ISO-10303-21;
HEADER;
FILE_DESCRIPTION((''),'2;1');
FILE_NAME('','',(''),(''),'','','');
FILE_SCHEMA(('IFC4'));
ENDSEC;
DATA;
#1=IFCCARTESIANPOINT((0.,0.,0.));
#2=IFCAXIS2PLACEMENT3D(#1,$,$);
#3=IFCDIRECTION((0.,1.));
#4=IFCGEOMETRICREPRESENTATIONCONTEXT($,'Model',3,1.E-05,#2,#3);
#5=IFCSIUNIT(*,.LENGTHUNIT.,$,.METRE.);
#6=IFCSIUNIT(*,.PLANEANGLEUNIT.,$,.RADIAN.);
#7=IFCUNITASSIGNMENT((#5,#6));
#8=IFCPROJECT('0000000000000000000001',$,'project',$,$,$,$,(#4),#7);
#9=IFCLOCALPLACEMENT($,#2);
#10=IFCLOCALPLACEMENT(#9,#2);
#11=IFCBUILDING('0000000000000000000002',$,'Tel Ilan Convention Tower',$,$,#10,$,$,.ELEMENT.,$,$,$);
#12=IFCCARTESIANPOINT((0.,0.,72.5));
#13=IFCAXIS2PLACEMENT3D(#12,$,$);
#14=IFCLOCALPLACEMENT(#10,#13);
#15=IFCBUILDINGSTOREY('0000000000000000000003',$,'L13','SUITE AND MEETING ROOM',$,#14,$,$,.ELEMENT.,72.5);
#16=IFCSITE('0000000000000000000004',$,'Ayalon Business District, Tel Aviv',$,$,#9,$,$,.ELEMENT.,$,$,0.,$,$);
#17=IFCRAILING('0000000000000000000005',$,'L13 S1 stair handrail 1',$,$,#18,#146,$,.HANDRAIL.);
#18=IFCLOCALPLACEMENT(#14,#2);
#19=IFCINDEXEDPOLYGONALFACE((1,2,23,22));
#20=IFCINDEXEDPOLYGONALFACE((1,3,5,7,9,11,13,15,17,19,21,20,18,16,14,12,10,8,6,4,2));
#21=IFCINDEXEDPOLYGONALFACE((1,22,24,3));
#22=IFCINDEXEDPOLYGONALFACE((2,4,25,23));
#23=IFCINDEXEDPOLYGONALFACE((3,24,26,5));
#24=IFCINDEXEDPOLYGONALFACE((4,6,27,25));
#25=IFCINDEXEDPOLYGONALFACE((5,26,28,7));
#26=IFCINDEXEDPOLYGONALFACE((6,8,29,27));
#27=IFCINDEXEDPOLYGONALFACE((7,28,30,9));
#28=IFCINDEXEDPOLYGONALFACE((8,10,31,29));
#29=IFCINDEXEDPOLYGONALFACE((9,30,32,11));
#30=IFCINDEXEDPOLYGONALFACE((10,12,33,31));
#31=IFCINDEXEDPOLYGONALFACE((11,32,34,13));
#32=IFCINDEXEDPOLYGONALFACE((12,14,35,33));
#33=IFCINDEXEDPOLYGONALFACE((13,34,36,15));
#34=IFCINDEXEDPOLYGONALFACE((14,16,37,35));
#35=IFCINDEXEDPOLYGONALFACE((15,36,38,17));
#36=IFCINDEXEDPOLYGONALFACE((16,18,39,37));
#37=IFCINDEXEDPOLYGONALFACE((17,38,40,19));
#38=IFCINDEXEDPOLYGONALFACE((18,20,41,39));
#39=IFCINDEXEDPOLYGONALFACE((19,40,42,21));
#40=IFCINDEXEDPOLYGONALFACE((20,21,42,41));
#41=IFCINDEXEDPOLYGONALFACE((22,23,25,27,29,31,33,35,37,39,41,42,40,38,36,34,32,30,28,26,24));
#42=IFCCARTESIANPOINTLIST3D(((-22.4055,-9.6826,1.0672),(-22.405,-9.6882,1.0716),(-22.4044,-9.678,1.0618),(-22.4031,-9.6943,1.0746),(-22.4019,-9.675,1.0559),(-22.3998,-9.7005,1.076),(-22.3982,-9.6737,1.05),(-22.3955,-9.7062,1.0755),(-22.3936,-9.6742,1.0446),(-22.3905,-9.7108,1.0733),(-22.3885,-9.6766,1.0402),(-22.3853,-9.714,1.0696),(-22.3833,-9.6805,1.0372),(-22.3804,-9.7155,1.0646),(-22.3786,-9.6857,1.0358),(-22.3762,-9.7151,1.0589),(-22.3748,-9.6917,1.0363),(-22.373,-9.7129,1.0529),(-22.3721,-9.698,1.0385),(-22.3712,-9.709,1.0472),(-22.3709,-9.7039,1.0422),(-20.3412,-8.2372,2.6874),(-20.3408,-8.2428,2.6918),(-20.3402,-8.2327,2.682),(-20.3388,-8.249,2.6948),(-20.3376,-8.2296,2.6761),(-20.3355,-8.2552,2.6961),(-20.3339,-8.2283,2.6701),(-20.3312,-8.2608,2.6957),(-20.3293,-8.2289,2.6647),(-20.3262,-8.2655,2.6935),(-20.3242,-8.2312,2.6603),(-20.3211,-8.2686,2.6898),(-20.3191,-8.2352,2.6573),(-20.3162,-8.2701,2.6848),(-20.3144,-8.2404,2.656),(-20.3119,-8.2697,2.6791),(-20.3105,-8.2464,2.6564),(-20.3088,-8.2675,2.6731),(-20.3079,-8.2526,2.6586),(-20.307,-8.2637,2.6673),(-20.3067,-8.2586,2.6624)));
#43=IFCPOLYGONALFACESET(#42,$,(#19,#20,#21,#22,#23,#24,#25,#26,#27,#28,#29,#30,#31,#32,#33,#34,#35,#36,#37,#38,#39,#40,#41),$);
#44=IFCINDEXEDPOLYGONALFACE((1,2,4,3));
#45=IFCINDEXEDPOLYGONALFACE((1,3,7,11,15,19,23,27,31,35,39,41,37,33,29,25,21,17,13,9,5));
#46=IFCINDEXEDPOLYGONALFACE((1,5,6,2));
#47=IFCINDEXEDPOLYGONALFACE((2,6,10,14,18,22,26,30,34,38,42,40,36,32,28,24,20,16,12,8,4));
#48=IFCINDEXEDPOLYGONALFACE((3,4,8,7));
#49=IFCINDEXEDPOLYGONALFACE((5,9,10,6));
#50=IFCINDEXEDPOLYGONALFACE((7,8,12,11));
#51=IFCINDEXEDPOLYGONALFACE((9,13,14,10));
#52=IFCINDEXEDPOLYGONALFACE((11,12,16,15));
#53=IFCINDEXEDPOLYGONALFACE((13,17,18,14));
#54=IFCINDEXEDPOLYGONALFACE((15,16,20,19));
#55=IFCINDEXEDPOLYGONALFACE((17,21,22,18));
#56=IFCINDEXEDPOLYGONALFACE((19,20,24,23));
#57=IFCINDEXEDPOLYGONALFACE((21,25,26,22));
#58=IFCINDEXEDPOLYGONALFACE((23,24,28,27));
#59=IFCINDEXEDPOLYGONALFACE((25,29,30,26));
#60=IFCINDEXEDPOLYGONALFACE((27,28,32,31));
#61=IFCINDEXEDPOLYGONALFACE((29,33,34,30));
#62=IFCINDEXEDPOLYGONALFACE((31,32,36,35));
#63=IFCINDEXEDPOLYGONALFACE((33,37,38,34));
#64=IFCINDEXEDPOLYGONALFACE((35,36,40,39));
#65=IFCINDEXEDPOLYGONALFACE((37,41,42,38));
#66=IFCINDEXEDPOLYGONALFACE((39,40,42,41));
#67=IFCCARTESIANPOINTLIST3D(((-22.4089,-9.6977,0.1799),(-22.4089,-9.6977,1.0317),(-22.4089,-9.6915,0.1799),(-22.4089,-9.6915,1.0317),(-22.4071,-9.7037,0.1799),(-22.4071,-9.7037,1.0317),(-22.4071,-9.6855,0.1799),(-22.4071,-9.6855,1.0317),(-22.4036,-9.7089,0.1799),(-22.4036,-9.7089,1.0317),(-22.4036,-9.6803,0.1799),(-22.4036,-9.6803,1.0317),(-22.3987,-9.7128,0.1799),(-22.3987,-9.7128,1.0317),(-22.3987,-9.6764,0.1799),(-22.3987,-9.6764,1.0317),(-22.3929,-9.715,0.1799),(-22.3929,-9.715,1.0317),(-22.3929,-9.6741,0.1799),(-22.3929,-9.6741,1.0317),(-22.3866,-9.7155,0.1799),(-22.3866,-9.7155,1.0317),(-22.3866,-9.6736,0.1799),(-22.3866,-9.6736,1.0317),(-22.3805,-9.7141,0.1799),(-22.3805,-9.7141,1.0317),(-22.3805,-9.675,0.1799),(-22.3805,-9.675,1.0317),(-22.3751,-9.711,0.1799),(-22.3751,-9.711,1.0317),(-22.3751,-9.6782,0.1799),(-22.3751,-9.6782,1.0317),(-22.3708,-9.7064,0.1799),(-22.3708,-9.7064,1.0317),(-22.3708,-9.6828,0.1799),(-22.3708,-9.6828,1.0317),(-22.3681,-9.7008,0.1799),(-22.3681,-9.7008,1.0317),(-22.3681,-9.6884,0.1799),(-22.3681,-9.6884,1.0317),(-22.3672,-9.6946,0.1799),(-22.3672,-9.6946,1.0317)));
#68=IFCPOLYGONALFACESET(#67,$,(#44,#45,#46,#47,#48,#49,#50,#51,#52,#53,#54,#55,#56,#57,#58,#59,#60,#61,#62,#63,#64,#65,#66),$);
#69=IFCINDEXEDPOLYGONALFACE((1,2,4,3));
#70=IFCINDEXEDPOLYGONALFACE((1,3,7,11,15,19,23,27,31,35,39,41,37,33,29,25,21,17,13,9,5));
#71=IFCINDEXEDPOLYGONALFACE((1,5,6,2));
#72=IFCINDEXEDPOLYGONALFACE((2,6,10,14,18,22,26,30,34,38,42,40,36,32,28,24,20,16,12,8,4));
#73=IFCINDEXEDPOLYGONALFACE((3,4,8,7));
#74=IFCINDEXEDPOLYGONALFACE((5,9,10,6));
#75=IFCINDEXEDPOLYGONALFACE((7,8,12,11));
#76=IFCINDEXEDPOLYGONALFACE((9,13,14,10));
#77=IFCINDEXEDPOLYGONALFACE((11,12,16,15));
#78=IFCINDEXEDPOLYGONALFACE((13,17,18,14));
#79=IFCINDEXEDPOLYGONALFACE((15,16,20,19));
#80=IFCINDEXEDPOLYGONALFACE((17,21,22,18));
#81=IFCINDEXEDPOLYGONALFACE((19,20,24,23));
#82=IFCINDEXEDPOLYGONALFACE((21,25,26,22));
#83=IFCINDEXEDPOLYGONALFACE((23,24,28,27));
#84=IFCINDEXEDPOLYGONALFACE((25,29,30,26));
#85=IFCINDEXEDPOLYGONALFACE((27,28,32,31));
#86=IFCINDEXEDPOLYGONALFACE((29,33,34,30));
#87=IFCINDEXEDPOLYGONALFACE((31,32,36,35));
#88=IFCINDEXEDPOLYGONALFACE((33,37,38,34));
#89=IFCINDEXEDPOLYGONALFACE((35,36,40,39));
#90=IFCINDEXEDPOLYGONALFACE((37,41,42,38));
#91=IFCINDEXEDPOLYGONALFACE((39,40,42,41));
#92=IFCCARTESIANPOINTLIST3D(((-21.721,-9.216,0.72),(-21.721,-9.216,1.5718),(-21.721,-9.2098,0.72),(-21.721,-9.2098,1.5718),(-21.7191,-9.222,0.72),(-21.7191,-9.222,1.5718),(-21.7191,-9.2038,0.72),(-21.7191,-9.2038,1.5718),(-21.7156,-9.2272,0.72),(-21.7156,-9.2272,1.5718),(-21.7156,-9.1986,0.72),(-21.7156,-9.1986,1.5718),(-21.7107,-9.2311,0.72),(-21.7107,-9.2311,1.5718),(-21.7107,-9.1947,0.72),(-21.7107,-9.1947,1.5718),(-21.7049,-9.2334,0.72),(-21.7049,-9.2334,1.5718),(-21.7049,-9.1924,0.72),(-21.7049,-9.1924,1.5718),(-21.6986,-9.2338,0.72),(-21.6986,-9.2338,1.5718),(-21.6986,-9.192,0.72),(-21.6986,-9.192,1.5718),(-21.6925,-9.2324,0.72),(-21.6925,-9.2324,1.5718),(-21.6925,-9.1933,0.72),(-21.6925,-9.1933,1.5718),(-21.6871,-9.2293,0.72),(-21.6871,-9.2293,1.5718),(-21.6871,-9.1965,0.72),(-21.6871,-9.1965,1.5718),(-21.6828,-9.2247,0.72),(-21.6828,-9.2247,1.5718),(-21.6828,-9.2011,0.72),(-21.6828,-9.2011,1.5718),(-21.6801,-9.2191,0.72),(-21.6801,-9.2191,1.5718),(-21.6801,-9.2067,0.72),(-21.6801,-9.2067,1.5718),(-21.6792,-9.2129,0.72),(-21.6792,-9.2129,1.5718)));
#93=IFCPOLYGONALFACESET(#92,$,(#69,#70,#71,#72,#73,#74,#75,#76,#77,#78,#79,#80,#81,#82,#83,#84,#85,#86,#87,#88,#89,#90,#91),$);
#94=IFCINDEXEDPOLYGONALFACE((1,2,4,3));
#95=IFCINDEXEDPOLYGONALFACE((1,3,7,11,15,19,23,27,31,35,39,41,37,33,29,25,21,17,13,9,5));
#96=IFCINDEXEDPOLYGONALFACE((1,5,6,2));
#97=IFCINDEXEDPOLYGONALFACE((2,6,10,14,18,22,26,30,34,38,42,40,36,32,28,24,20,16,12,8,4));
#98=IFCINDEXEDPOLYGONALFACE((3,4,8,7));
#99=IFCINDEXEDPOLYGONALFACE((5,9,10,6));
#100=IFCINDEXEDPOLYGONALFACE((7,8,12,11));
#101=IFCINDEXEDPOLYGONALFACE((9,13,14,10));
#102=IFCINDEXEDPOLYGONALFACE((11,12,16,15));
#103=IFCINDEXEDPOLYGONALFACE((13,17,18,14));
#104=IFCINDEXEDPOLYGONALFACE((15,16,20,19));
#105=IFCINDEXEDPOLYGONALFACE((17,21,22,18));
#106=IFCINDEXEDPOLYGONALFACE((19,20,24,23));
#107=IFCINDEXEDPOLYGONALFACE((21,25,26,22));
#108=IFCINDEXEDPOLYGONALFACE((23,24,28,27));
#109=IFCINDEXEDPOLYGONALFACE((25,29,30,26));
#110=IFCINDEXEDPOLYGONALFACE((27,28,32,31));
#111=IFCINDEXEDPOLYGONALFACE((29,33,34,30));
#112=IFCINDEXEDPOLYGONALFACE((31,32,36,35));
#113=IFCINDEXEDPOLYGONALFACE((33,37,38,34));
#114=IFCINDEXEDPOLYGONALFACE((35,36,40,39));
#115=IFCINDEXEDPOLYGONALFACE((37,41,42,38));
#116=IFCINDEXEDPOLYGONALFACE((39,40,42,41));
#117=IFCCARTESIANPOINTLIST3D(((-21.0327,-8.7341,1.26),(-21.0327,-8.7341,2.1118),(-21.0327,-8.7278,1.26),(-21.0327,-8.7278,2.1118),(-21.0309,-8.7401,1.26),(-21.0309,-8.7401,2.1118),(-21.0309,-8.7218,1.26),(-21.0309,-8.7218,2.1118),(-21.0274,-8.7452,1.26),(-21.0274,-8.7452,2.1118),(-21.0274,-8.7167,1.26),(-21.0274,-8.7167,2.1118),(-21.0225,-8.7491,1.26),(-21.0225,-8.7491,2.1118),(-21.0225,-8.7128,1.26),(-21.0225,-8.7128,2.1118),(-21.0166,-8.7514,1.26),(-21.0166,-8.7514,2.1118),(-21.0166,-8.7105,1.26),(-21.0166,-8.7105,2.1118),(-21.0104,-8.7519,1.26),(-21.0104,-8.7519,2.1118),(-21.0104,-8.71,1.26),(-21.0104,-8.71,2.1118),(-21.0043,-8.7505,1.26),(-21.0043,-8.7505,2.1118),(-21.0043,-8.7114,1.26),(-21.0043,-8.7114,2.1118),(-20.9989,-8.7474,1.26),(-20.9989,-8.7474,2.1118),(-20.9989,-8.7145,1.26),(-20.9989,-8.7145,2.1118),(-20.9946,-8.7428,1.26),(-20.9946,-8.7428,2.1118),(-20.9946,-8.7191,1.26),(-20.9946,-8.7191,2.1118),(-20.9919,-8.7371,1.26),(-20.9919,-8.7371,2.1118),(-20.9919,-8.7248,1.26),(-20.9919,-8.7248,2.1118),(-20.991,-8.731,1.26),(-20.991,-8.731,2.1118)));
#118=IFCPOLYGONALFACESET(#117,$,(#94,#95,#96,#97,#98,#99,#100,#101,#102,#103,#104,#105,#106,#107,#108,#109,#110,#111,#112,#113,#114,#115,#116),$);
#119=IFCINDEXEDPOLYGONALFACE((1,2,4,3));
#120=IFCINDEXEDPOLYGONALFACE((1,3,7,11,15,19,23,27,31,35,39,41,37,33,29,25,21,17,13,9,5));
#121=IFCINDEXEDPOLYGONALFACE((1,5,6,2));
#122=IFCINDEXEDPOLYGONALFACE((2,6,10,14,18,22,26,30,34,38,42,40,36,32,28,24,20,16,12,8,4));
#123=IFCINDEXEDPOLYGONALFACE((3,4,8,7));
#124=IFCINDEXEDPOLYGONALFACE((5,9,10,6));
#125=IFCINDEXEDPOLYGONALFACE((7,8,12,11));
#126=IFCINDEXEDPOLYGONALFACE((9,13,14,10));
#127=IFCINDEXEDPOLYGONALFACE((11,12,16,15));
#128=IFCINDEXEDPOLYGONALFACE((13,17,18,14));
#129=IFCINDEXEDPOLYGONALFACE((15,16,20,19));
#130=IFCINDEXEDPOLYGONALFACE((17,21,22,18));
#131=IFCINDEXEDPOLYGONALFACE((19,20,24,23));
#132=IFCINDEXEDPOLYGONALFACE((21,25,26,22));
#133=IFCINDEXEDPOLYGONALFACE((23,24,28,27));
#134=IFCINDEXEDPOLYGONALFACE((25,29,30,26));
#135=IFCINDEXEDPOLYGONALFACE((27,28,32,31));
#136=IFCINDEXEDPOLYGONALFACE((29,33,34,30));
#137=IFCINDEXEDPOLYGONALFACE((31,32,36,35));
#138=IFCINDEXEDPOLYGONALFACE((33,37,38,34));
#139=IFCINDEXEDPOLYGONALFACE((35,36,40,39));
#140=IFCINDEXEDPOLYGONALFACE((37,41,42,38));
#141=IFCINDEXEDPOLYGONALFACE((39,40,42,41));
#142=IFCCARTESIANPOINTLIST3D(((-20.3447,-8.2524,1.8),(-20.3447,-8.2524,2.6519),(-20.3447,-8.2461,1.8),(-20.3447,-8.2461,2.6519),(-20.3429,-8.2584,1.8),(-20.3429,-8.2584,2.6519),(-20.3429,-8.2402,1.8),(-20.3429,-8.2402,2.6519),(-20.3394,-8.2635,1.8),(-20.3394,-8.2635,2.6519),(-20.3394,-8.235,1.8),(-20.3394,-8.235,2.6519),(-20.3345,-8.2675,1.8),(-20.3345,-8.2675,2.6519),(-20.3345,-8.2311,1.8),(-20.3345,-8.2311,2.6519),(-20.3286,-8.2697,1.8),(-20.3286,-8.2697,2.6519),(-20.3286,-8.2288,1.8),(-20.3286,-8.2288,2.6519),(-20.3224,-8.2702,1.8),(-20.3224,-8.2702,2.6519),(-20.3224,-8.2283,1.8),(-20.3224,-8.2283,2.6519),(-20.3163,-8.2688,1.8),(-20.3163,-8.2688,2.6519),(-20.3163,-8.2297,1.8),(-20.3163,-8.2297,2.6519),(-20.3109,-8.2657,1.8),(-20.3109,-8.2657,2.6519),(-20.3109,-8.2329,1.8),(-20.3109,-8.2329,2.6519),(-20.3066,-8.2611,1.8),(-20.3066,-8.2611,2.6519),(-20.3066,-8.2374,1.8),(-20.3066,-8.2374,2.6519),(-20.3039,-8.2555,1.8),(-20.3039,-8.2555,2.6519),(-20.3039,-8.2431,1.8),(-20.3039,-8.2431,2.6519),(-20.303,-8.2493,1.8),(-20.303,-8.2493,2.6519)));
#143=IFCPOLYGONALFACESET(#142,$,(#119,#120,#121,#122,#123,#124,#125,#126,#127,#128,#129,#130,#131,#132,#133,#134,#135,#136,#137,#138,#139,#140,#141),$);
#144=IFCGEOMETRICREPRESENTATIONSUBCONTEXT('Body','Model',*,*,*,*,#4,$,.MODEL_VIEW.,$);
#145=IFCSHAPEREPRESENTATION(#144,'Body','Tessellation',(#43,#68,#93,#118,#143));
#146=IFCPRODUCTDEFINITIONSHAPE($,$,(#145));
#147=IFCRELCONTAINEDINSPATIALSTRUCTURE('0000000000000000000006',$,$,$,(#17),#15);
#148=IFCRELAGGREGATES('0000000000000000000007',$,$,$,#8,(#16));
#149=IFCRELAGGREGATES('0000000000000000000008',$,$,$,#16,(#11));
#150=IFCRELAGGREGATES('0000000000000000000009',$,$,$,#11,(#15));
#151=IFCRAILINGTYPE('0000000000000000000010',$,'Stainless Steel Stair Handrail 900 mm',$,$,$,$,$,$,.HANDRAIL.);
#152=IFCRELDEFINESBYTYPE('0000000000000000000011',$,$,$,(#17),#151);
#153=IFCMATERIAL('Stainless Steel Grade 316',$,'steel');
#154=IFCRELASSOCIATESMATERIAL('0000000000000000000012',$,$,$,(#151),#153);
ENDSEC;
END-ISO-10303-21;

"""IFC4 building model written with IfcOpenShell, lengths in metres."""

from ifc_helpers import new_model, si_unit, direction, frame, origin, origin_2d, place, context, subcontext, project, spatial, circle, extrude, material, type_object, element, save


model = new_model("IFC4")

# Units and contexts
model_context = context("Model", 3, precision=1e-05, world=origin(), true_north=direction((0.0, 1.0)))
body_context = subcontext(model_context, "Body", "Model", "MODEL_VIEW")
ifc_project = project(units=[si_unit("LENGTHUNIT", "METRE"), si_unit("PLANEANGLEUNIT", "RADIAN")], contexts=[model_context])

# Site, building, storey
site_placement = place(None, origin())
site = spatial("IfcSite", under=ifc_project, at=site_placement, Name="Ayalon Business District, Tel Aviv", CompositionType="ELEMENT", RefElevation=0.0)
building_placement = place(site_placement, origin())
building = spatial("IfcBuilding", under=site, at=building_placement, Name="Tel Ilan Convention Tower", CompositionType="ELEMENT")
storey_placement = place(building_placement, frame((0.0, 0.0, 72.5)))
storey = spatial("IfcBuildingStorey", under=building, at=storey_placement, Name="L13", Description="SUITE AND MEETING ROOM", CompositionType="ELEMENT", Elevation=72.5)

# Railing
ifc_material_1 = material(Name="Stainless Steel Grade 316", Category="steel")
railing_type_1 = type_object("IfcRailingType", Name="Stainless Steel Stair Handrail 900 mm", PredefinedType="HANDRAIL", material=ifc_material_1)
railing_1_placement = place(storey_placement, frame((-22.3882, -9.6946, 0.1799)))
element("IfcRailing", 1, at=railing_1_placement, inside=storey, type_object=railing_type_1, Name="L13 S1 stair handrail 1", PredefinedType="HANDRAIL", context=body_context, shape_type="SweptSolid", body=[
    extrude(circle(Radius=0.0239, at=origin_2d()), frame((0.0, 0.0, 0.876), z_axis=(0.68904, 0.48245, 0.540801), x_axis=(-0.57356, 0.819164, 0.0)), (0.0, 0.0, 1.0), 2.9958),
    extrude(circle(Radius=0.021, at=origin_2d()), origin(), (0.0, 0.0, 1.0), 0.8518),
    extrude(circle(Radius=0.021, at=origin_2d()), frame((0.688, 0.4817, 0.54)), (0.0, 0.0, 1.0), 0.8518),
    extrude(circle(Radius=0.021, at=origin_2d()), frame((1.3762, 0.9636, 1.0801)), (0.0, 0.0, 1.0), 0.8518),
    extrude(circle(Radius=0.021, at=origin_2d()), frame((2.0642, 1.4453, 1.6201)), (0.0, 0.0, 1.0), 0.8518),
])

save(model, "model.ifc")
